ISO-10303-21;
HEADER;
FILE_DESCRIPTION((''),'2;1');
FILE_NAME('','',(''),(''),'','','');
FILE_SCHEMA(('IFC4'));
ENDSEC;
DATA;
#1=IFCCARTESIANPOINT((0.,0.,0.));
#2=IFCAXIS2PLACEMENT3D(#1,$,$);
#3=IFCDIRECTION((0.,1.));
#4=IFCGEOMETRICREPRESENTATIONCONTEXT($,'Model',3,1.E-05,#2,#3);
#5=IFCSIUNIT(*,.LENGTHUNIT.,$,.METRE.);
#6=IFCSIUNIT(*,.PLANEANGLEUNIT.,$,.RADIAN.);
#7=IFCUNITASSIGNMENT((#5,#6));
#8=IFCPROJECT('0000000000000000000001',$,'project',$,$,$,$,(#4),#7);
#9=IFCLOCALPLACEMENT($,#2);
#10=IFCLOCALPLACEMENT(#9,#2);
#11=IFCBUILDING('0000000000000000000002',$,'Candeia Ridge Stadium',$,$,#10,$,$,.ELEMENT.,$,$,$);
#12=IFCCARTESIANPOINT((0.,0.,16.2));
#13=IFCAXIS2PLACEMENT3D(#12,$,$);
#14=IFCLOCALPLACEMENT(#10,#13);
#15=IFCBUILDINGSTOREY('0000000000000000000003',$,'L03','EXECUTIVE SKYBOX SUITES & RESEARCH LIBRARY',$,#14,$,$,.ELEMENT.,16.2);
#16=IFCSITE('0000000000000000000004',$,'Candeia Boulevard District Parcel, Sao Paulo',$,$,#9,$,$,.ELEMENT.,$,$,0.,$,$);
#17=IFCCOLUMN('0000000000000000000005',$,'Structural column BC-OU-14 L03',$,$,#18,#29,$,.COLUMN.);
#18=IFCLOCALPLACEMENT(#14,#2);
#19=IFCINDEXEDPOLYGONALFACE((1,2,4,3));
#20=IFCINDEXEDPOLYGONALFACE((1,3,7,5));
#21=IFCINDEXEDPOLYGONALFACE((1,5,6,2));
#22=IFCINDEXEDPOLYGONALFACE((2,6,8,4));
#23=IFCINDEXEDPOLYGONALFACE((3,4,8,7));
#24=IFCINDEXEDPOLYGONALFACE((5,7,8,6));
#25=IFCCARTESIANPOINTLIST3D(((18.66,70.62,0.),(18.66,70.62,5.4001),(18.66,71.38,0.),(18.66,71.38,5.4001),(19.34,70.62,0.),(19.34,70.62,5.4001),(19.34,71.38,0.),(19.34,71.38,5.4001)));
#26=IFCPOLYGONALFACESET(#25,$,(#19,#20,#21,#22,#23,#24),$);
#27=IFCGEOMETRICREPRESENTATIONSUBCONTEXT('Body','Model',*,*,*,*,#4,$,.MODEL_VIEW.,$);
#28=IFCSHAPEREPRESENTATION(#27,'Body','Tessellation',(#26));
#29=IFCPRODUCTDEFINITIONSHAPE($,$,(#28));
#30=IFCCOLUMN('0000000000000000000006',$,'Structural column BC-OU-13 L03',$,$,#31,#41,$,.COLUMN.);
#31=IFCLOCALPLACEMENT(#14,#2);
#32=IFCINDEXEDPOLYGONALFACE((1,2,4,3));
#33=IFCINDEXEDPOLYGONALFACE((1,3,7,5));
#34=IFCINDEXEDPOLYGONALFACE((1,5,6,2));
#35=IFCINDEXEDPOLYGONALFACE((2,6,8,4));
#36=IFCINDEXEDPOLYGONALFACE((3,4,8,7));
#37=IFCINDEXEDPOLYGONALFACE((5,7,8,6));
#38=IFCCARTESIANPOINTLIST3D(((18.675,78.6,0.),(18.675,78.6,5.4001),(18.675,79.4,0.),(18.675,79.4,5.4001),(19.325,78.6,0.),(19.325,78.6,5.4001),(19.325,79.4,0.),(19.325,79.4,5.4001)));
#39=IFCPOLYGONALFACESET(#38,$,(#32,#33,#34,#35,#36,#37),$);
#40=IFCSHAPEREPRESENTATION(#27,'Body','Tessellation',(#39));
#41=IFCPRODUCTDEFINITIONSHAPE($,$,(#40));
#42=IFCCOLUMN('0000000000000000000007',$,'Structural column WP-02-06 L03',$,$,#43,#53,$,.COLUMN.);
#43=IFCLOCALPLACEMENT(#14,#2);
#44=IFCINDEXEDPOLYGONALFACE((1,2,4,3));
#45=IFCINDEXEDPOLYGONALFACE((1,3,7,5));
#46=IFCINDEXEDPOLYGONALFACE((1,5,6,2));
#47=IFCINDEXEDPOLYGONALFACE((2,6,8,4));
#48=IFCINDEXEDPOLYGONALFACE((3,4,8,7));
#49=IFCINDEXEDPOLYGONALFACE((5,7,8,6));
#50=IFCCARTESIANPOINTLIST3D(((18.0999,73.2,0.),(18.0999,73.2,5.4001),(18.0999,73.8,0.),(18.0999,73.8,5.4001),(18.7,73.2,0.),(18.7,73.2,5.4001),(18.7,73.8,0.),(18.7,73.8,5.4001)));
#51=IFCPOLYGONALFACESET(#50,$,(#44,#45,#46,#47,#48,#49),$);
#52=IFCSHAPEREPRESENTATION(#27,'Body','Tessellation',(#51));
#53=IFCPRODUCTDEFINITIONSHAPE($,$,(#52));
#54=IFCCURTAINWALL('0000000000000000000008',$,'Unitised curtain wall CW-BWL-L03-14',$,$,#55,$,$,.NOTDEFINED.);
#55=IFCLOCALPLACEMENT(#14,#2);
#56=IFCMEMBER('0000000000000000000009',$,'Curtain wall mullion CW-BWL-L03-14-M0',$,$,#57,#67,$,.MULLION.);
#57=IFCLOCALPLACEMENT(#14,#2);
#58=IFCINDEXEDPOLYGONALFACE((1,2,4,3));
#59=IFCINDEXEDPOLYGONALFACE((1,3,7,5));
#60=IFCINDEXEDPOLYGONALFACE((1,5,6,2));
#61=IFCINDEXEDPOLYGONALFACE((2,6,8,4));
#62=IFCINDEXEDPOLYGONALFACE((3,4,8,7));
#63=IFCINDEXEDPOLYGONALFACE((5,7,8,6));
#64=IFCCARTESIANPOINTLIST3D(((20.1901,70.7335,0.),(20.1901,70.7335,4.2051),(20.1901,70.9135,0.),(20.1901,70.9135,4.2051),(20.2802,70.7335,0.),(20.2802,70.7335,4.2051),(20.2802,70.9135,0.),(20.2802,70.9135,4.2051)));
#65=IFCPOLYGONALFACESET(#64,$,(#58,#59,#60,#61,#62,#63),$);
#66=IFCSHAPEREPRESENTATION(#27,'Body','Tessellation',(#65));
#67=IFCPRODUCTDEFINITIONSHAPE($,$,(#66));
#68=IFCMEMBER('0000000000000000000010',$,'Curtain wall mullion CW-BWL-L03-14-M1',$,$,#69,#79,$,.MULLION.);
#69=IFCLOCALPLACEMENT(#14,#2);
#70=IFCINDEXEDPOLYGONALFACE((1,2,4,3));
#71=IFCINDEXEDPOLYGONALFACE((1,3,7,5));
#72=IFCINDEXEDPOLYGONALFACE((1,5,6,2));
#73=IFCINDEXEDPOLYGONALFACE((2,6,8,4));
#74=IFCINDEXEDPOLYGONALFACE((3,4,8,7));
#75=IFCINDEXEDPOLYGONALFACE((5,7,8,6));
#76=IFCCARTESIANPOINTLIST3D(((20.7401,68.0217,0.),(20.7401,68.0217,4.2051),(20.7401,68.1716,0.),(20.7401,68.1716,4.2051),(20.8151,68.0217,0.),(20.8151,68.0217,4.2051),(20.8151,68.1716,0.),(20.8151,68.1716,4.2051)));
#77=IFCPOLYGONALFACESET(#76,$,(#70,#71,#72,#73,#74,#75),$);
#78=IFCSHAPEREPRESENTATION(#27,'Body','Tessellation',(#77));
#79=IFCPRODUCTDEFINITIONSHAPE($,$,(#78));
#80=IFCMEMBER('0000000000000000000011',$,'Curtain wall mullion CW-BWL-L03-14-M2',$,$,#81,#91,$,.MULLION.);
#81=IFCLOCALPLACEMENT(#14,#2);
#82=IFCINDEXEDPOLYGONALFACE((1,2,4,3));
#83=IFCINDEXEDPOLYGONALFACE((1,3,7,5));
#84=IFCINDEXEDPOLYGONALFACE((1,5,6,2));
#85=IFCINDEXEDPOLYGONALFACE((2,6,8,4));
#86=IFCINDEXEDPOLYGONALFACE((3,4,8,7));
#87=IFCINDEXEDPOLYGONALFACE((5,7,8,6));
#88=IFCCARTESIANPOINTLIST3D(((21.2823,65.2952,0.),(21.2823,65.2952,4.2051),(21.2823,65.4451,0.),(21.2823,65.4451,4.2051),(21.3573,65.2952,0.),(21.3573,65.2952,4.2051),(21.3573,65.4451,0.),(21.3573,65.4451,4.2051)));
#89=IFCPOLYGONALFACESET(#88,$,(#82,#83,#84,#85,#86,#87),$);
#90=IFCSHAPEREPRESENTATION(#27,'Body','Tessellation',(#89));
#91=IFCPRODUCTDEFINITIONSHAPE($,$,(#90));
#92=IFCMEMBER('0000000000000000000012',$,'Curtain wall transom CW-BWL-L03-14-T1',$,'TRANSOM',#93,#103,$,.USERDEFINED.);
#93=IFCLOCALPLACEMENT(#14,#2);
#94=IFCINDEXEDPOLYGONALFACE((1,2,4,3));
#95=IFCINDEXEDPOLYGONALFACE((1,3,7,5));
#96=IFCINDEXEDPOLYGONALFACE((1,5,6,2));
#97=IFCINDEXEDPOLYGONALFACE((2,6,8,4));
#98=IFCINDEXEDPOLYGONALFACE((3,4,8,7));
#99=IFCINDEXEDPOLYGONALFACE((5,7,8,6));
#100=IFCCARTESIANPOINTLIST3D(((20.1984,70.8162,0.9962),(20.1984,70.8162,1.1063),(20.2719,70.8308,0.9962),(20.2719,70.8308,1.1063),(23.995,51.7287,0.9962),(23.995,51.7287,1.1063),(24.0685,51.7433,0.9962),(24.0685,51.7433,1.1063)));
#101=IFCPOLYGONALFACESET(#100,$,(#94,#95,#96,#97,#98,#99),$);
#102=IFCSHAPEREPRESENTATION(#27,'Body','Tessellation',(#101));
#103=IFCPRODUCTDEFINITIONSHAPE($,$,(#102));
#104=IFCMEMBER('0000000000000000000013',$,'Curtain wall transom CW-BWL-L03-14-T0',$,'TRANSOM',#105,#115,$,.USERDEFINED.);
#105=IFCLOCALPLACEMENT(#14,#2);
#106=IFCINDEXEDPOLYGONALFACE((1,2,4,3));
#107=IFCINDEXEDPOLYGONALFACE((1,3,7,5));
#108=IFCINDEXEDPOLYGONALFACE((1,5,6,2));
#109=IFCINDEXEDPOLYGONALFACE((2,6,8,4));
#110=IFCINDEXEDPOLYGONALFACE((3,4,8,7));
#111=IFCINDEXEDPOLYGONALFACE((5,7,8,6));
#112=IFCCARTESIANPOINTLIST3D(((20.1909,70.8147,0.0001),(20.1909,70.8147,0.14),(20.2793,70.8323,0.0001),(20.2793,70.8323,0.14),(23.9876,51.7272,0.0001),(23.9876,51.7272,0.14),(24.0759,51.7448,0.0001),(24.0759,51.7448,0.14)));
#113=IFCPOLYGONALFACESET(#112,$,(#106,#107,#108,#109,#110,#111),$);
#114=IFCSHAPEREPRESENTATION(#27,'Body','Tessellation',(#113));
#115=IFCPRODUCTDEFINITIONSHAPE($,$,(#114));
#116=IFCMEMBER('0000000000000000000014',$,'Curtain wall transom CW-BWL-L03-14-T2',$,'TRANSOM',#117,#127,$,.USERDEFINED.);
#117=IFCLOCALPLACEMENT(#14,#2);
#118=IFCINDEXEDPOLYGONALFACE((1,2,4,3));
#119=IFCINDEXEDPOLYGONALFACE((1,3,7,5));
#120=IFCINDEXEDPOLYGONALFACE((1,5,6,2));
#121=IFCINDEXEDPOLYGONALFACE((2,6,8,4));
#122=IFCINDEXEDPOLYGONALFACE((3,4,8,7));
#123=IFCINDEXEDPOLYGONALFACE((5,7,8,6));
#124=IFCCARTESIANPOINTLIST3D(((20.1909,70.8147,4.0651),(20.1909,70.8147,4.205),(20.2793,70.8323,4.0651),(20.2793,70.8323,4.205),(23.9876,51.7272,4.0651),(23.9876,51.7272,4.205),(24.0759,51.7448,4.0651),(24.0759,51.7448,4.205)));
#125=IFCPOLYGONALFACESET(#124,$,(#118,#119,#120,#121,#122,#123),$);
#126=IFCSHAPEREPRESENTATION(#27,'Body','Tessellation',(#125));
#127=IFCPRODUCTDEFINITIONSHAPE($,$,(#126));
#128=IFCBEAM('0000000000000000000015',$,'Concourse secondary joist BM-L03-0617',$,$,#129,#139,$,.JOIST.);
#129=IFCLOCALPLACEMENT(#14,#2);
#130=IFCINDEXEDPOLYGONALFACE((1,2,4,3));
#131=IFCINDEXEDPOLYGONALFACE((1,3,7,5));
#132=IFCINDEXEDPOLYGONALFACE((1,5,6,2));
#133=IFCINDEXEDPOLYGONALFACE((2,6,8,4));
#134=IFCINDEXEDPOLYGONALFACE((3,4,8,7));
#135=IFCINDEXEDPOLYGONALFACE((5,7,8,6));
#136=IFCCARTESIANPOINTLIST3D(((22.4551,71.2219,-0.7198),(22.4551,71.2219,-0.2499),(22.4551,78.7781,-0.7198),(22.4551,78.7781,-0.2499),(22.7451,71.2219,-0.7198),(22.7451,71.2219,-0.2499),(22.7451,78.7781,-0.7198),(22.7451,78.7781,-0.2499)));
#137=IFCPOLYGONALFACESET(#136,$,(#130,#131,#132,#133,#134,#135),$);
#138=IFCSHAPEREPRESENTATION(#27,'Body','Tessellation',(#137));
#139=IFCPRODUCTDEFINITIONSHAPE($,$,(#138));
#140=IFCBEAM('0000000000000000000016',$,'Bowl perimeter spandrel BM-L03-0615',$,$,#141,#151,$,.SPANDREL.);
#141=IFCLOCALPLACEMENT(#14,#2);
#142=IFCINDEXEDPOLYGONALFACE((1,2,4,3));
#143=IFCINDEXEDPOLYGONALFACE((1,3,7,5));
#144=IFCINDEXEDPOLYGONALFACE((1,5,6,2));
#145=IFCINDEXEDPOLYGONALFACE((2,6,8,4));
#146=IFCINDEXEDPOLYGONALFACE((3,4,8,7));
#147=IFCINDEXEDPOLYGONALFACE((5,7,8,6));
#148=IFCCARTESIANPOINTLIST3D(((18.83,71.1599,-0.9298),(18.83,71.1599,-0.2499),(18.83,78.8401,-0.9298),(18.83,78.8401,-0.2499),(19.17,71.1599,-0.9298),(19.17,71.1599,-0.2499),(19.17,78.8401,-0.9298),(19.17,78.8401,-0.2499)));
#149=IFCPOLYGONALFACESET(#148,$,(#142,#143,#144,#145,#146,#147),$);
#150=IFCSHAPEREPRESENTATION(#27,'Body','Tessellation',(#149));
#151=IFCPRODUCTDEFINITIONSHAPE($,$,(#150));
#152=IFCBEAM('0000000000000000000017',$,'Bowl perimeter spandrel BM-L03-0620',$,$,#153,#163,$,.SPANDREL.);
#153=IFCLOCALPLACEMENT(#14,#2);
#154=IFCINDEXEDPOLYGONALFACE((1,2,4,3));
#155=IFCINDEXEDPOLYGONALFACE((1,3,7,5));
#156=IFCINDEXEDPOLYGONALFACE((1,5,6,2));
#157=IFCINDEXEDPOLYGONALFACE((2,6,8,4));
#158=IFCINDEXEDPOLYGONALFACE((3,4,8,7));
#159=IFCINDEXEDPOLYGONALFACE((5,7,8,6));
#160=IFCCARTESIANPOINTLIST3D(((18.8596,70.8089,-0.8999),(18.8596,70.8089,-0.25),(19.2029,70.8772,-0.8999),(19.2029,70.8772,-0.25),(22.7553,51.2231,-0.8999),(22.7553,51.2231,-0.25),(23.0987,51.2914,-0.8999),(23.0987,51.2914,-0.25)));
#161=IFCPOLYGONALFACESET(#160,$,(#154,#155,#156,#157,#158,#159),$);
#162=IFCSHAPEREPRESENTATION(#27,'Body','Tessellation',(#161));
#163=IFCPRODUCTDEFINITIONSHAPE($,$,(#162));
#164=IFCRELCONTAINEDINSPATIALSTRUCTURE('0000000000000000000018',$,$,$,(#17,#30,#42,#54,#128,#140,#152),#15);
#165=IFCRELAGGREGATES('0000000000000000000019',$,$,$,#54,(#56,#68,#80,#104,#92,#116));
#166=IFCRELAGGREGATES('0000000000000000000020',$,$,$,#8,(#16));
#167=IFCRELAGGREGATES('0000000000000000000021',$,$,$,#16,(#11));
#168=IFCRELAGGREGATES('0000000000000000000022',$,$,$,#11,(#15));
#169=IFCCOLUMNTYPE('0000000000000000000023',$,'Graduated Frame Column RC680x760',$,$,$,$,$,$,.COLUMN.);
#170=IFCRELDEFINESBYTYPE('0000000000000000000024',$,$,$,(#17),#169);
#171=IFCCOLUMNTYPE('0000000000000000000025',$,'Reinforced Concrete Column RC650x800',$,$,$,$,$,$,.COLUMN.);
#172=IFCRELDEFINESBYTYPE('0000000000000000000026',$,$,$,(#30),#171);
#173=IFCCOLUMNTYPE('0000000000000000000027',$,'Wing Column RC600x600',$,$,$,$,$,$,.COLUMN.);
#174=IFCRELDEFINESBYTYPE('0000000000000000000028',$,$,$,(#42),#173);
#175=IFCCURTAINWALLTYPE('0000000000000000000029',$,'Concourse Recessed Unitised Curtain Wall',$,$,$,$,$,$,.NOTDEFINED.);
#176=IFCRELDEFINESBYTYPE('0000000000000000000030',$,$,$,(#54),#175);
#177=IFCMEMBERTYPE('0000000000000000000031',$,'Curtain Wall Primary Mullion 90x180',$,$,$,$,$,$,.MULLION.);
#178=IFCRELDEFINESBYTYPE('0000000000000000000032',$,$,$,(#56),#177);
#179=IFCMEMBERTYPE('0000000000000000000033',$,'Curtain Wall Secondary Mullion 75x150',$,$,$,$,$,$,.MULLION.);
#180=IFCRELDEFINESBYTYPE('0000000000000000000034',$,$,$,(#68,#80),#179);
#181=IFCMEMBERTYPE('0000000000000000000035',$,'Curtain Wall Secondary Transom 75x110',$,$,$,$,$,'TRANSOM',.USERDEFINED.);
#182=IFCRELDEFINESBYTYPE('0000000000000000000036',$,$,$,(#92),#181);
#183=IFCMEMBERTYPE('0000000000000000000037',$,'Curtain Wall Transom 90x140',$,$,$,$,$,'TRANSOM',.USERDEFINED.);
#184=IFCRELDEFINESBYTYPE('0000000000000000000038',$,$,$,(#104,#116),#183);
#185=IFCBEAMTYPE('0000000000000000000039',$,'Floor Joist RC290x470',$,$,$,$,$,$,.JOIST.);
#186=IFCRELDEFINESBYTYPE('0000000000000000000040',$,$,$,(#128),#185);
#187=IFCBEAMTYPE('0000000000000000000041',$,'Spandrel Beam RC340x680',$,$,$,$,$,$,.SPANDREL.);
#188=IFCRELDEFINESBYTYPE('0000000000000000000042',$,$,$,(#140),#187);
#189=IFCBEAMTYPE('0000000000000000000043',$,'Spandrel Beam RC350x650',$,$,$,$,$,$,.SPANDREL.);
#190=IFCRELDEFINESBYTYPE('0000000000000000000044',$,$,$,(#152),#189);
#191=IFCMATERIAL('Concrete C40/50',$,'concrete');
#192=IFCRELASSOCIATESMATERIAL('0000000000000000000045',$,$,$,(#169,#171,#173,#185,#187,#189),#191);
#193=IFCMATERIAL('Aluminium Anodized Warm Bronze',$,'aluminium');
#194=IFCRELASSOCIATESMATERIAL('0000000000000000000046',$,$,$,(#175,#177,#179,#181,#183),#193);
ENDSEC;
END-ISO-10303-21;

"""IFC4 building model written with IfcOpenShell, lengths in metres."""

from ifc_helpers import new_model, si_unit, direction, frame, origin, origin_2d, place, context, subcontext, project, spatial, rectangle, extrude, material, material_profile, profile_set, type_object, element, aggregate, save


model = new_model("IFC4")

# Units and contexts
model_context = context("Model", 3, precision=1e-05, world=origin(), true_north=direction((0.0, 1.0)))
body_context = subcontext(model_context, "Body", "Model", "MODEL_VIEW")
ifc_project = project(units=[si_unit("LENGTHUNIT", "METRE"), si_unit("PLANEANGLEUNIT", "RADIAN")], contexts=[model_context])

# Site, building, storey
site_placement = place(None, origin())
site = spatial("IfcSite", under=ifc_project, at=site_placement, Name="Candeia Boulevard District Parcel, Sao Paulo", CompositionType="ELEMENT", RefElevation=0.0)
building_placement = place(site_placement, origin())
building = spatial("IfcBuilding", under=site, at=building_placement, Name="Candeia Ridge Stadium", CompositionType="ELEMENT")
storey_placement = place(building_placement, frame((0.0, 0.0, 16.2)))
storey = spatial("IfcBuildingStorey", under=building, at=storey_placement, Name="L03", Description="EXECUTIVE SKYBOX SUITES & RESEARCH LIBRARY", CompositionType="ELEMENT", Elevation=16.2)

# Columns
ifc_material_1 = material(Name="Concrete C40/50", Category="concrete")
ifc_material_profile_1 = material_profile(ifc_material_1, rectangle(XDim=0.6799, YDim=0.76, at=origin_2d()), Name="RC680x760", Category="concrete")
ifc_profile_set_1 = profile_set([ifc_material_profile_1], Name="Concrete C40/50")
column_type_1 = type_object("IfcColumnType", Name="Graduated Frame Column RC680x760", PredefinedType="COLUMN", material=ifc_profile_set_1)
column_1_placement = place(storey_placement, frame((19.0, 71.0, 0.0), z_axis=(0.0, 0.0, 1.0), x_axis=(1.0, 0.0, 0.0)))
element("IfcColumn", 1, at=column_1_placement, inside=storey, type_object=column_type_1, Name="Structural column BC-OU-14 L03", PredefinedType="COLUMN", context=body_context, shape_type="SweptSolid", body=[
    extrude(rectangle(XDim=0.6799, YDim=0.76, at=origin_2d()), origin(), (0.0, 0.0, 1.0), 5.4001),
])
ifc_material_profile_2 = material_profile(ifc_material_1, rectangle(XDim=0.6499, YDim=0.8, at=origin_2d()), Name="RC650x800", Category="concrete")
ifc_profile_set_2 = profile_set([ifc_material_profile_2], Name="Concrete C40/50")
column_type_2 = type_object("IfcColumnType", Name="Reinforced Concrete Column RC650x800", PredefinedType="COLUMN", material=ifc_profile_set_2)
column_2_placement = place(storey_placement, frame((19.0, 79.0, 0.0), z_axis=(0.0, 0.0, 1.0), x_axis=(1.0, 0.0, 0.0)))
element("IfcColumn", 2, at=column_2_placement, inside=storey, type_object=column_type_2, Name="Structural column BC-OU-13 L03", PredefinedType="COLUMN", context=body_context, shape_type="SweptSolid", body=[
    extrude(rectangle(XDim=0.6499, YDim=0.8, at=origin_2d()), origin(), (0.0, 0.0, 1.0), 5.4001),
])
ifc_material_profile_3 = material_profile(ifc_material_1, rectangle(XDim=0.6001, YDim=0.6001, at=origin_2d()), Name="RC600x600", Category="concrete")
ifc_profile_set_3 = profile_set([ifc_material_profile_3], Name="Concrete C40/50")
column_type_3 = type_object("IfcColumnType", Name="Wing Column RC600x600", PredefinedType="COLUMN", material=ifc_profile_set_3)
column_3_placement = place(storey_placement, frame((18.3999, 73.5, 0.0), z_axis=(0.0, 0.0, 1.0), x_axis=(1.0, 0.0, 0.0)))
element("IfcColumn", 3, at=column_3_placement, inside=storey, type_object=column_type_3, Name="Structural column WP-02-06 L03", PredefinedType="COLUMN", context=body_context, shape_type="SweptSolid", body=[
    extrude(rectangle(XDim=0.6001, YDim=0.6001, at=origin_2d()), origin(), (0.0, 0.0, 1.0), 5.4001),
])

# Curtain wall, members
ifc_material_2 = material(Name="Aluminium Anodized Warm Bronze", Category="aluminium")
curtain_wall_type = type_object("IfcCurtainWallType", Name="Concourse Recessed Unitised Curtain Wall", PredefinedType="NOTDEFINED", material=ifc_material_2)
curtain_wall_placement = place(storey_placement, origin())
curtain_wall = element("IfcCurtainWall", 4, at=curtain_wall_placement, inside=storey, type_object=curtain_wall_type, Name="Unitised curtain wall CW-BWL-L03-14", PredefinedType="NOTDEFINED")
ifc_material_profile_4 = material_profile(ifc_material_2, rectangle(XDim=0.0901, YDim=0.1799, at=origin_2d()), Name="CWM-90x180", Category="aluminium")
ifc_profile_set_4 = profile_set([ifc_material_profile_4], Name="Aluminium Anodized Warm Bronze")
member_type_1 = type_object("IfcMemberType", Name="Curtain Wall Primary Mullion 90x180", PredefinedType="MULLION", material=ifc_profile_set_4)
member_1_placement = place(storey_placement, frame((20.2351, 70.8235, 0.0), z_axis=(0.0, 0.0, 1.0), x_axis=(1.0, 0.0, 0.0)))
member_1 = element("IfcMember", 5, at=member_1_placement, type_object=member_type_1, Name="Curtain wall mullion CW-BWL-L03-14-M0", PredefinedType="MULLION", context=body_context, shape_type="SweptSolid", body=[
    extrude(rectangle(XDim=0.0901, YDim=0.1799, at=origin_2d()), origin(), (0.0, 0.0, 1.0), 4.2051),
])
ifc_material_profile_5 = material_profile(ifc_material_2, rectangle(XDim=0.075, YDim=0.1499, at=origin_2d()), Name="CWM-75x150", Category="aluminium")
ifc_profile_set_5 = profile_set([ifc_material_profile_5], Name="Aluminium Anodized Warm Bronze")
member_type_2 = type_object("IfcMemberType", Name="Curtain Wall Secondary Mullion 75x150", PredefinedType="MULLION", material=ifc_profile_set_5)
member_2_placement = place(storey_placement, frame((20.7776, 68.0967, 0.0), z_axis=(0.0, 0.0, 1.0), x_axis=(1.0, 0.0, 0.0)))
member_2 = element("IfcMember", 6, at=member_2_placement, type_object=member_type_2, Name="Curtain wall mullion CW-BWL-L03-14-M1", PredefinedType="MULLION", context=body_context, shape_type="SweptSolid", body=[
    extrude(rectangle(XDim=0.075, YDim=0.1499, at=origin_2d()), origin(), (0.0, 0.0, 1.0), 4.2051),
])
member_3_placement = place(storey_placement, frame((21.3198, 65.3701, 0.0), z_axis=(0.0, 0.0, 1.0), x_axis=(1.0, 0.0, 0.0)))
member_3 = element("IfcMember", 7, at=member_3_placement, type_object=member_type_2, Name="Curtain wall mullion CW-BWL-L03-14-M2", PredefinedType="MULLION", context=body_context, shape_type="SweptSolid", body=[
    extrude(rectangle(XDim=0.075, YDim=0.1499, at=origin_2d()), origin(), (0.0, 0.0, 1.0), 4.2051),
])
ifc_material_profile_6 = material_profile(ifc_material_2, rectangle(XDim=0.075, YDim=0.1101, at=origin_2d()), Name="CWT-75x110", Category="aluminium")
ifc_profile_set_6 = profile_set([ifc_material_profile_6], Name="Aluminium Anodized Warm Bronze")
member_type_3 = type_object("IfcMemberType", Name="Curtain Wall Secondary Transom 75x110", ElementType="TRANSOM", PredefinedType="USERDEFINED", material=ifc_profile_set_6)
member_4_placement = place(storey_placement, frame((20.2351, 70.8235, 1.0513), z_axis=(0.195086, -0.980786, 0.0), x_axis=(0.980786, 0.195086, 0.0)))
member_4 = element("IfcMember", 8, at=member_4_placement, type_object=member_type_3, Name="Curtain wall transom CW-BWL-L03-14-T1", ObjectType="TRANSOM", PredefinedType="USERDEFINED", context=body_context, shape_type="SweptSolid", body=[
    extrude(rectangle(XDim=0.075, YDim=0.1101, at=origin_2d()), origin(), (0.0, 0.0, 1.0), 19.4614),
])
ifc_material_profile_7 = material_profile(ifc_material_2, rectangle(XDim=0.0901, YDim=0.1399, at=origin_2d()), Name="CWT-90x140", Category="aluminium")
ifc_profile_set_7 = profile_set([ifc_material_profile_7], Name="Aluminium Anodized Warm Bronze")
member_type_4 = type_object("IfcMemberType", Name="Curtain Wall Transom 90x140", ElementType="TRANSOM", PredefinedType="USERDEFINED", material=ifc_profile_set_7)
member_5_placement = place(storey_placement, frame((20.2351, 70.8235, 0.0701), z_axis=(0.195086, -0.980786, 0.0), x_axis=(0.980786, 0.195086, 0.0)))
member_5 = element("IfcMember", 9, at=member_5_placement, type_object=member_type_4, Name="Curtain wall transom CW-BWL-L03-14-T0", ObjectType="TRANSOM", PredefinedType="USERDEFINED", context=body_context, shape_type="SweptSolid", body=[
    extrude(rectangle(XDim=0.0901, YDim=0.1399, at=origin_2d()), origin(), (0.0, 0.0, 1.0), 19.4614),
])
member_6_placement = place(storey_placement, frame((20.2351, 70.8235, 4.135), z_axis=(0.195086, -0.980786, 0.0), x_axis=(0.980786, 0.195086, 0.0)))
member_6 = element("IfcMember", 10, at=member_6_placement, type_object=member_type_4, Name="Curtain wall transom CW-BWL-L03-14-T2", ObjectType="TRANSOM", PredefinedType="USERDEFINED", context=body_context, shape_type="SweptSolid", body=[
    extrude(rectangle(XDim=0.0901, YDim=0.1399, at=origin_2d()), origin(), (0.0, 0.0, 1.0), 19.4614),
])

# Beams
ifc_material_profile_8 = material_profile(ifc_material_1, rectangle(XDim=0.29, YDim=0.47, at=origin_2d()), Name="RC290x470", Category="concrete")
ifc_profile_set_8 = profile_set([ifc_material_profile_8], Name="Concrete C40/50")
beam_type_1 = type_object("IfcBeamType", Name="Floor Joist RC290x470", PredefinedType="JOIST", material=ifc_profile_set_8)
beam_1_placement = place(storey_placement, frame((22.6001, 78.7781, -0.4849), z_axis=(0.0, -1.0, 0.0), x_axis=(1.0, 0.0, 0.0)))
element("IfcBeam", 11, at=beam_1_placement, inside=storey, type_object=beam_type_1, Name="Concourse secondary joist BM-L03-0617", PredefinedType="JOIST", context=body_context, shape_type="SweptSolid", body=[
    extrude(rectangle(XDim=0.29, YDim=0.47, at=origin_2d()), origin(), (0.0, 0.0, 1.0), 7.5562),
])
ifc_material_profile_9 = material_profile(ifc_material_1, rectangle(XDim=0.3401, YDim=0.6799, at=origin_2d()), Name="RC340x680", Category="concrete")
ifc_profile_set_9 = profile_set([ifc_material_profile_9], Name="Concrete C40/50")
beam_type_2 = type_object("IfcBeamType", Name="Spandrel Beam RC340x680", PredefinedType="SPANDREL", material=ifc_profile_set_9)
beam_2_placement = place(storey_placement, frame((19.0, 78.8401, -0.5898), z_axis=(0.0, -1.0, 0.0), x_axis=(1.0, 0.0, 0.0)))
element("IfcBeam", 12, at=beam_2_placement, inside=storey, type_object=beam_type_2, Name="Bowl perimeter spandrel BM-L03-0615", PredefinedType="SPANDREL", context=body_context, shape_type="SweptSolid", body=[
    extrude(rectangle(XDim=0.3401, YDim=0.6799, at=origin_2d()), origin(), (0.0, 0.0, 1.0), 7.6802),
])
ifc_material_profile_10 = material_profile(ifc_material_1, rectangle(XDim=0.3501, YDim=0.6499, at=origin_2d()), Name="RC350x650", Category="concrete")
ifc_profile_set_10 = profile_set([ifc_material_profile_10], Name="Concrete C40/50")
beam_type_3 = type_object("IfcBeamType", Name="Spandrel Beam RC350x650", PredefinedType="SPANDREL", material=ifc_profile_set_10)
beam_3_placement = place(storey_placement, frame((19.0312, 70.843, -0.575), z_axis=(0.195086, -0.980786, 0.0), x_axis=(0.980786, 0.195086, 0.0)))
element("IfcBeam", 13, at=beam_3_placement, inside=storey, type_object=beam_type_3, Name="Bowl perimeter spandrel BM-L03-0620", PredefinedType="SPANDREL", context=body_context, shape_type="SweptSolid", body=[
    extrude(rectangle(XDim=0.3501, YDim=0.6499, at=origin_2d()), origin(), (0.0, 0.0, 1.0), 19.9695),
])

aggregate(curtain_wall, [member_1, member_2, member_3, member_5, member_4, member_6])

save(model, "model.ifc")
